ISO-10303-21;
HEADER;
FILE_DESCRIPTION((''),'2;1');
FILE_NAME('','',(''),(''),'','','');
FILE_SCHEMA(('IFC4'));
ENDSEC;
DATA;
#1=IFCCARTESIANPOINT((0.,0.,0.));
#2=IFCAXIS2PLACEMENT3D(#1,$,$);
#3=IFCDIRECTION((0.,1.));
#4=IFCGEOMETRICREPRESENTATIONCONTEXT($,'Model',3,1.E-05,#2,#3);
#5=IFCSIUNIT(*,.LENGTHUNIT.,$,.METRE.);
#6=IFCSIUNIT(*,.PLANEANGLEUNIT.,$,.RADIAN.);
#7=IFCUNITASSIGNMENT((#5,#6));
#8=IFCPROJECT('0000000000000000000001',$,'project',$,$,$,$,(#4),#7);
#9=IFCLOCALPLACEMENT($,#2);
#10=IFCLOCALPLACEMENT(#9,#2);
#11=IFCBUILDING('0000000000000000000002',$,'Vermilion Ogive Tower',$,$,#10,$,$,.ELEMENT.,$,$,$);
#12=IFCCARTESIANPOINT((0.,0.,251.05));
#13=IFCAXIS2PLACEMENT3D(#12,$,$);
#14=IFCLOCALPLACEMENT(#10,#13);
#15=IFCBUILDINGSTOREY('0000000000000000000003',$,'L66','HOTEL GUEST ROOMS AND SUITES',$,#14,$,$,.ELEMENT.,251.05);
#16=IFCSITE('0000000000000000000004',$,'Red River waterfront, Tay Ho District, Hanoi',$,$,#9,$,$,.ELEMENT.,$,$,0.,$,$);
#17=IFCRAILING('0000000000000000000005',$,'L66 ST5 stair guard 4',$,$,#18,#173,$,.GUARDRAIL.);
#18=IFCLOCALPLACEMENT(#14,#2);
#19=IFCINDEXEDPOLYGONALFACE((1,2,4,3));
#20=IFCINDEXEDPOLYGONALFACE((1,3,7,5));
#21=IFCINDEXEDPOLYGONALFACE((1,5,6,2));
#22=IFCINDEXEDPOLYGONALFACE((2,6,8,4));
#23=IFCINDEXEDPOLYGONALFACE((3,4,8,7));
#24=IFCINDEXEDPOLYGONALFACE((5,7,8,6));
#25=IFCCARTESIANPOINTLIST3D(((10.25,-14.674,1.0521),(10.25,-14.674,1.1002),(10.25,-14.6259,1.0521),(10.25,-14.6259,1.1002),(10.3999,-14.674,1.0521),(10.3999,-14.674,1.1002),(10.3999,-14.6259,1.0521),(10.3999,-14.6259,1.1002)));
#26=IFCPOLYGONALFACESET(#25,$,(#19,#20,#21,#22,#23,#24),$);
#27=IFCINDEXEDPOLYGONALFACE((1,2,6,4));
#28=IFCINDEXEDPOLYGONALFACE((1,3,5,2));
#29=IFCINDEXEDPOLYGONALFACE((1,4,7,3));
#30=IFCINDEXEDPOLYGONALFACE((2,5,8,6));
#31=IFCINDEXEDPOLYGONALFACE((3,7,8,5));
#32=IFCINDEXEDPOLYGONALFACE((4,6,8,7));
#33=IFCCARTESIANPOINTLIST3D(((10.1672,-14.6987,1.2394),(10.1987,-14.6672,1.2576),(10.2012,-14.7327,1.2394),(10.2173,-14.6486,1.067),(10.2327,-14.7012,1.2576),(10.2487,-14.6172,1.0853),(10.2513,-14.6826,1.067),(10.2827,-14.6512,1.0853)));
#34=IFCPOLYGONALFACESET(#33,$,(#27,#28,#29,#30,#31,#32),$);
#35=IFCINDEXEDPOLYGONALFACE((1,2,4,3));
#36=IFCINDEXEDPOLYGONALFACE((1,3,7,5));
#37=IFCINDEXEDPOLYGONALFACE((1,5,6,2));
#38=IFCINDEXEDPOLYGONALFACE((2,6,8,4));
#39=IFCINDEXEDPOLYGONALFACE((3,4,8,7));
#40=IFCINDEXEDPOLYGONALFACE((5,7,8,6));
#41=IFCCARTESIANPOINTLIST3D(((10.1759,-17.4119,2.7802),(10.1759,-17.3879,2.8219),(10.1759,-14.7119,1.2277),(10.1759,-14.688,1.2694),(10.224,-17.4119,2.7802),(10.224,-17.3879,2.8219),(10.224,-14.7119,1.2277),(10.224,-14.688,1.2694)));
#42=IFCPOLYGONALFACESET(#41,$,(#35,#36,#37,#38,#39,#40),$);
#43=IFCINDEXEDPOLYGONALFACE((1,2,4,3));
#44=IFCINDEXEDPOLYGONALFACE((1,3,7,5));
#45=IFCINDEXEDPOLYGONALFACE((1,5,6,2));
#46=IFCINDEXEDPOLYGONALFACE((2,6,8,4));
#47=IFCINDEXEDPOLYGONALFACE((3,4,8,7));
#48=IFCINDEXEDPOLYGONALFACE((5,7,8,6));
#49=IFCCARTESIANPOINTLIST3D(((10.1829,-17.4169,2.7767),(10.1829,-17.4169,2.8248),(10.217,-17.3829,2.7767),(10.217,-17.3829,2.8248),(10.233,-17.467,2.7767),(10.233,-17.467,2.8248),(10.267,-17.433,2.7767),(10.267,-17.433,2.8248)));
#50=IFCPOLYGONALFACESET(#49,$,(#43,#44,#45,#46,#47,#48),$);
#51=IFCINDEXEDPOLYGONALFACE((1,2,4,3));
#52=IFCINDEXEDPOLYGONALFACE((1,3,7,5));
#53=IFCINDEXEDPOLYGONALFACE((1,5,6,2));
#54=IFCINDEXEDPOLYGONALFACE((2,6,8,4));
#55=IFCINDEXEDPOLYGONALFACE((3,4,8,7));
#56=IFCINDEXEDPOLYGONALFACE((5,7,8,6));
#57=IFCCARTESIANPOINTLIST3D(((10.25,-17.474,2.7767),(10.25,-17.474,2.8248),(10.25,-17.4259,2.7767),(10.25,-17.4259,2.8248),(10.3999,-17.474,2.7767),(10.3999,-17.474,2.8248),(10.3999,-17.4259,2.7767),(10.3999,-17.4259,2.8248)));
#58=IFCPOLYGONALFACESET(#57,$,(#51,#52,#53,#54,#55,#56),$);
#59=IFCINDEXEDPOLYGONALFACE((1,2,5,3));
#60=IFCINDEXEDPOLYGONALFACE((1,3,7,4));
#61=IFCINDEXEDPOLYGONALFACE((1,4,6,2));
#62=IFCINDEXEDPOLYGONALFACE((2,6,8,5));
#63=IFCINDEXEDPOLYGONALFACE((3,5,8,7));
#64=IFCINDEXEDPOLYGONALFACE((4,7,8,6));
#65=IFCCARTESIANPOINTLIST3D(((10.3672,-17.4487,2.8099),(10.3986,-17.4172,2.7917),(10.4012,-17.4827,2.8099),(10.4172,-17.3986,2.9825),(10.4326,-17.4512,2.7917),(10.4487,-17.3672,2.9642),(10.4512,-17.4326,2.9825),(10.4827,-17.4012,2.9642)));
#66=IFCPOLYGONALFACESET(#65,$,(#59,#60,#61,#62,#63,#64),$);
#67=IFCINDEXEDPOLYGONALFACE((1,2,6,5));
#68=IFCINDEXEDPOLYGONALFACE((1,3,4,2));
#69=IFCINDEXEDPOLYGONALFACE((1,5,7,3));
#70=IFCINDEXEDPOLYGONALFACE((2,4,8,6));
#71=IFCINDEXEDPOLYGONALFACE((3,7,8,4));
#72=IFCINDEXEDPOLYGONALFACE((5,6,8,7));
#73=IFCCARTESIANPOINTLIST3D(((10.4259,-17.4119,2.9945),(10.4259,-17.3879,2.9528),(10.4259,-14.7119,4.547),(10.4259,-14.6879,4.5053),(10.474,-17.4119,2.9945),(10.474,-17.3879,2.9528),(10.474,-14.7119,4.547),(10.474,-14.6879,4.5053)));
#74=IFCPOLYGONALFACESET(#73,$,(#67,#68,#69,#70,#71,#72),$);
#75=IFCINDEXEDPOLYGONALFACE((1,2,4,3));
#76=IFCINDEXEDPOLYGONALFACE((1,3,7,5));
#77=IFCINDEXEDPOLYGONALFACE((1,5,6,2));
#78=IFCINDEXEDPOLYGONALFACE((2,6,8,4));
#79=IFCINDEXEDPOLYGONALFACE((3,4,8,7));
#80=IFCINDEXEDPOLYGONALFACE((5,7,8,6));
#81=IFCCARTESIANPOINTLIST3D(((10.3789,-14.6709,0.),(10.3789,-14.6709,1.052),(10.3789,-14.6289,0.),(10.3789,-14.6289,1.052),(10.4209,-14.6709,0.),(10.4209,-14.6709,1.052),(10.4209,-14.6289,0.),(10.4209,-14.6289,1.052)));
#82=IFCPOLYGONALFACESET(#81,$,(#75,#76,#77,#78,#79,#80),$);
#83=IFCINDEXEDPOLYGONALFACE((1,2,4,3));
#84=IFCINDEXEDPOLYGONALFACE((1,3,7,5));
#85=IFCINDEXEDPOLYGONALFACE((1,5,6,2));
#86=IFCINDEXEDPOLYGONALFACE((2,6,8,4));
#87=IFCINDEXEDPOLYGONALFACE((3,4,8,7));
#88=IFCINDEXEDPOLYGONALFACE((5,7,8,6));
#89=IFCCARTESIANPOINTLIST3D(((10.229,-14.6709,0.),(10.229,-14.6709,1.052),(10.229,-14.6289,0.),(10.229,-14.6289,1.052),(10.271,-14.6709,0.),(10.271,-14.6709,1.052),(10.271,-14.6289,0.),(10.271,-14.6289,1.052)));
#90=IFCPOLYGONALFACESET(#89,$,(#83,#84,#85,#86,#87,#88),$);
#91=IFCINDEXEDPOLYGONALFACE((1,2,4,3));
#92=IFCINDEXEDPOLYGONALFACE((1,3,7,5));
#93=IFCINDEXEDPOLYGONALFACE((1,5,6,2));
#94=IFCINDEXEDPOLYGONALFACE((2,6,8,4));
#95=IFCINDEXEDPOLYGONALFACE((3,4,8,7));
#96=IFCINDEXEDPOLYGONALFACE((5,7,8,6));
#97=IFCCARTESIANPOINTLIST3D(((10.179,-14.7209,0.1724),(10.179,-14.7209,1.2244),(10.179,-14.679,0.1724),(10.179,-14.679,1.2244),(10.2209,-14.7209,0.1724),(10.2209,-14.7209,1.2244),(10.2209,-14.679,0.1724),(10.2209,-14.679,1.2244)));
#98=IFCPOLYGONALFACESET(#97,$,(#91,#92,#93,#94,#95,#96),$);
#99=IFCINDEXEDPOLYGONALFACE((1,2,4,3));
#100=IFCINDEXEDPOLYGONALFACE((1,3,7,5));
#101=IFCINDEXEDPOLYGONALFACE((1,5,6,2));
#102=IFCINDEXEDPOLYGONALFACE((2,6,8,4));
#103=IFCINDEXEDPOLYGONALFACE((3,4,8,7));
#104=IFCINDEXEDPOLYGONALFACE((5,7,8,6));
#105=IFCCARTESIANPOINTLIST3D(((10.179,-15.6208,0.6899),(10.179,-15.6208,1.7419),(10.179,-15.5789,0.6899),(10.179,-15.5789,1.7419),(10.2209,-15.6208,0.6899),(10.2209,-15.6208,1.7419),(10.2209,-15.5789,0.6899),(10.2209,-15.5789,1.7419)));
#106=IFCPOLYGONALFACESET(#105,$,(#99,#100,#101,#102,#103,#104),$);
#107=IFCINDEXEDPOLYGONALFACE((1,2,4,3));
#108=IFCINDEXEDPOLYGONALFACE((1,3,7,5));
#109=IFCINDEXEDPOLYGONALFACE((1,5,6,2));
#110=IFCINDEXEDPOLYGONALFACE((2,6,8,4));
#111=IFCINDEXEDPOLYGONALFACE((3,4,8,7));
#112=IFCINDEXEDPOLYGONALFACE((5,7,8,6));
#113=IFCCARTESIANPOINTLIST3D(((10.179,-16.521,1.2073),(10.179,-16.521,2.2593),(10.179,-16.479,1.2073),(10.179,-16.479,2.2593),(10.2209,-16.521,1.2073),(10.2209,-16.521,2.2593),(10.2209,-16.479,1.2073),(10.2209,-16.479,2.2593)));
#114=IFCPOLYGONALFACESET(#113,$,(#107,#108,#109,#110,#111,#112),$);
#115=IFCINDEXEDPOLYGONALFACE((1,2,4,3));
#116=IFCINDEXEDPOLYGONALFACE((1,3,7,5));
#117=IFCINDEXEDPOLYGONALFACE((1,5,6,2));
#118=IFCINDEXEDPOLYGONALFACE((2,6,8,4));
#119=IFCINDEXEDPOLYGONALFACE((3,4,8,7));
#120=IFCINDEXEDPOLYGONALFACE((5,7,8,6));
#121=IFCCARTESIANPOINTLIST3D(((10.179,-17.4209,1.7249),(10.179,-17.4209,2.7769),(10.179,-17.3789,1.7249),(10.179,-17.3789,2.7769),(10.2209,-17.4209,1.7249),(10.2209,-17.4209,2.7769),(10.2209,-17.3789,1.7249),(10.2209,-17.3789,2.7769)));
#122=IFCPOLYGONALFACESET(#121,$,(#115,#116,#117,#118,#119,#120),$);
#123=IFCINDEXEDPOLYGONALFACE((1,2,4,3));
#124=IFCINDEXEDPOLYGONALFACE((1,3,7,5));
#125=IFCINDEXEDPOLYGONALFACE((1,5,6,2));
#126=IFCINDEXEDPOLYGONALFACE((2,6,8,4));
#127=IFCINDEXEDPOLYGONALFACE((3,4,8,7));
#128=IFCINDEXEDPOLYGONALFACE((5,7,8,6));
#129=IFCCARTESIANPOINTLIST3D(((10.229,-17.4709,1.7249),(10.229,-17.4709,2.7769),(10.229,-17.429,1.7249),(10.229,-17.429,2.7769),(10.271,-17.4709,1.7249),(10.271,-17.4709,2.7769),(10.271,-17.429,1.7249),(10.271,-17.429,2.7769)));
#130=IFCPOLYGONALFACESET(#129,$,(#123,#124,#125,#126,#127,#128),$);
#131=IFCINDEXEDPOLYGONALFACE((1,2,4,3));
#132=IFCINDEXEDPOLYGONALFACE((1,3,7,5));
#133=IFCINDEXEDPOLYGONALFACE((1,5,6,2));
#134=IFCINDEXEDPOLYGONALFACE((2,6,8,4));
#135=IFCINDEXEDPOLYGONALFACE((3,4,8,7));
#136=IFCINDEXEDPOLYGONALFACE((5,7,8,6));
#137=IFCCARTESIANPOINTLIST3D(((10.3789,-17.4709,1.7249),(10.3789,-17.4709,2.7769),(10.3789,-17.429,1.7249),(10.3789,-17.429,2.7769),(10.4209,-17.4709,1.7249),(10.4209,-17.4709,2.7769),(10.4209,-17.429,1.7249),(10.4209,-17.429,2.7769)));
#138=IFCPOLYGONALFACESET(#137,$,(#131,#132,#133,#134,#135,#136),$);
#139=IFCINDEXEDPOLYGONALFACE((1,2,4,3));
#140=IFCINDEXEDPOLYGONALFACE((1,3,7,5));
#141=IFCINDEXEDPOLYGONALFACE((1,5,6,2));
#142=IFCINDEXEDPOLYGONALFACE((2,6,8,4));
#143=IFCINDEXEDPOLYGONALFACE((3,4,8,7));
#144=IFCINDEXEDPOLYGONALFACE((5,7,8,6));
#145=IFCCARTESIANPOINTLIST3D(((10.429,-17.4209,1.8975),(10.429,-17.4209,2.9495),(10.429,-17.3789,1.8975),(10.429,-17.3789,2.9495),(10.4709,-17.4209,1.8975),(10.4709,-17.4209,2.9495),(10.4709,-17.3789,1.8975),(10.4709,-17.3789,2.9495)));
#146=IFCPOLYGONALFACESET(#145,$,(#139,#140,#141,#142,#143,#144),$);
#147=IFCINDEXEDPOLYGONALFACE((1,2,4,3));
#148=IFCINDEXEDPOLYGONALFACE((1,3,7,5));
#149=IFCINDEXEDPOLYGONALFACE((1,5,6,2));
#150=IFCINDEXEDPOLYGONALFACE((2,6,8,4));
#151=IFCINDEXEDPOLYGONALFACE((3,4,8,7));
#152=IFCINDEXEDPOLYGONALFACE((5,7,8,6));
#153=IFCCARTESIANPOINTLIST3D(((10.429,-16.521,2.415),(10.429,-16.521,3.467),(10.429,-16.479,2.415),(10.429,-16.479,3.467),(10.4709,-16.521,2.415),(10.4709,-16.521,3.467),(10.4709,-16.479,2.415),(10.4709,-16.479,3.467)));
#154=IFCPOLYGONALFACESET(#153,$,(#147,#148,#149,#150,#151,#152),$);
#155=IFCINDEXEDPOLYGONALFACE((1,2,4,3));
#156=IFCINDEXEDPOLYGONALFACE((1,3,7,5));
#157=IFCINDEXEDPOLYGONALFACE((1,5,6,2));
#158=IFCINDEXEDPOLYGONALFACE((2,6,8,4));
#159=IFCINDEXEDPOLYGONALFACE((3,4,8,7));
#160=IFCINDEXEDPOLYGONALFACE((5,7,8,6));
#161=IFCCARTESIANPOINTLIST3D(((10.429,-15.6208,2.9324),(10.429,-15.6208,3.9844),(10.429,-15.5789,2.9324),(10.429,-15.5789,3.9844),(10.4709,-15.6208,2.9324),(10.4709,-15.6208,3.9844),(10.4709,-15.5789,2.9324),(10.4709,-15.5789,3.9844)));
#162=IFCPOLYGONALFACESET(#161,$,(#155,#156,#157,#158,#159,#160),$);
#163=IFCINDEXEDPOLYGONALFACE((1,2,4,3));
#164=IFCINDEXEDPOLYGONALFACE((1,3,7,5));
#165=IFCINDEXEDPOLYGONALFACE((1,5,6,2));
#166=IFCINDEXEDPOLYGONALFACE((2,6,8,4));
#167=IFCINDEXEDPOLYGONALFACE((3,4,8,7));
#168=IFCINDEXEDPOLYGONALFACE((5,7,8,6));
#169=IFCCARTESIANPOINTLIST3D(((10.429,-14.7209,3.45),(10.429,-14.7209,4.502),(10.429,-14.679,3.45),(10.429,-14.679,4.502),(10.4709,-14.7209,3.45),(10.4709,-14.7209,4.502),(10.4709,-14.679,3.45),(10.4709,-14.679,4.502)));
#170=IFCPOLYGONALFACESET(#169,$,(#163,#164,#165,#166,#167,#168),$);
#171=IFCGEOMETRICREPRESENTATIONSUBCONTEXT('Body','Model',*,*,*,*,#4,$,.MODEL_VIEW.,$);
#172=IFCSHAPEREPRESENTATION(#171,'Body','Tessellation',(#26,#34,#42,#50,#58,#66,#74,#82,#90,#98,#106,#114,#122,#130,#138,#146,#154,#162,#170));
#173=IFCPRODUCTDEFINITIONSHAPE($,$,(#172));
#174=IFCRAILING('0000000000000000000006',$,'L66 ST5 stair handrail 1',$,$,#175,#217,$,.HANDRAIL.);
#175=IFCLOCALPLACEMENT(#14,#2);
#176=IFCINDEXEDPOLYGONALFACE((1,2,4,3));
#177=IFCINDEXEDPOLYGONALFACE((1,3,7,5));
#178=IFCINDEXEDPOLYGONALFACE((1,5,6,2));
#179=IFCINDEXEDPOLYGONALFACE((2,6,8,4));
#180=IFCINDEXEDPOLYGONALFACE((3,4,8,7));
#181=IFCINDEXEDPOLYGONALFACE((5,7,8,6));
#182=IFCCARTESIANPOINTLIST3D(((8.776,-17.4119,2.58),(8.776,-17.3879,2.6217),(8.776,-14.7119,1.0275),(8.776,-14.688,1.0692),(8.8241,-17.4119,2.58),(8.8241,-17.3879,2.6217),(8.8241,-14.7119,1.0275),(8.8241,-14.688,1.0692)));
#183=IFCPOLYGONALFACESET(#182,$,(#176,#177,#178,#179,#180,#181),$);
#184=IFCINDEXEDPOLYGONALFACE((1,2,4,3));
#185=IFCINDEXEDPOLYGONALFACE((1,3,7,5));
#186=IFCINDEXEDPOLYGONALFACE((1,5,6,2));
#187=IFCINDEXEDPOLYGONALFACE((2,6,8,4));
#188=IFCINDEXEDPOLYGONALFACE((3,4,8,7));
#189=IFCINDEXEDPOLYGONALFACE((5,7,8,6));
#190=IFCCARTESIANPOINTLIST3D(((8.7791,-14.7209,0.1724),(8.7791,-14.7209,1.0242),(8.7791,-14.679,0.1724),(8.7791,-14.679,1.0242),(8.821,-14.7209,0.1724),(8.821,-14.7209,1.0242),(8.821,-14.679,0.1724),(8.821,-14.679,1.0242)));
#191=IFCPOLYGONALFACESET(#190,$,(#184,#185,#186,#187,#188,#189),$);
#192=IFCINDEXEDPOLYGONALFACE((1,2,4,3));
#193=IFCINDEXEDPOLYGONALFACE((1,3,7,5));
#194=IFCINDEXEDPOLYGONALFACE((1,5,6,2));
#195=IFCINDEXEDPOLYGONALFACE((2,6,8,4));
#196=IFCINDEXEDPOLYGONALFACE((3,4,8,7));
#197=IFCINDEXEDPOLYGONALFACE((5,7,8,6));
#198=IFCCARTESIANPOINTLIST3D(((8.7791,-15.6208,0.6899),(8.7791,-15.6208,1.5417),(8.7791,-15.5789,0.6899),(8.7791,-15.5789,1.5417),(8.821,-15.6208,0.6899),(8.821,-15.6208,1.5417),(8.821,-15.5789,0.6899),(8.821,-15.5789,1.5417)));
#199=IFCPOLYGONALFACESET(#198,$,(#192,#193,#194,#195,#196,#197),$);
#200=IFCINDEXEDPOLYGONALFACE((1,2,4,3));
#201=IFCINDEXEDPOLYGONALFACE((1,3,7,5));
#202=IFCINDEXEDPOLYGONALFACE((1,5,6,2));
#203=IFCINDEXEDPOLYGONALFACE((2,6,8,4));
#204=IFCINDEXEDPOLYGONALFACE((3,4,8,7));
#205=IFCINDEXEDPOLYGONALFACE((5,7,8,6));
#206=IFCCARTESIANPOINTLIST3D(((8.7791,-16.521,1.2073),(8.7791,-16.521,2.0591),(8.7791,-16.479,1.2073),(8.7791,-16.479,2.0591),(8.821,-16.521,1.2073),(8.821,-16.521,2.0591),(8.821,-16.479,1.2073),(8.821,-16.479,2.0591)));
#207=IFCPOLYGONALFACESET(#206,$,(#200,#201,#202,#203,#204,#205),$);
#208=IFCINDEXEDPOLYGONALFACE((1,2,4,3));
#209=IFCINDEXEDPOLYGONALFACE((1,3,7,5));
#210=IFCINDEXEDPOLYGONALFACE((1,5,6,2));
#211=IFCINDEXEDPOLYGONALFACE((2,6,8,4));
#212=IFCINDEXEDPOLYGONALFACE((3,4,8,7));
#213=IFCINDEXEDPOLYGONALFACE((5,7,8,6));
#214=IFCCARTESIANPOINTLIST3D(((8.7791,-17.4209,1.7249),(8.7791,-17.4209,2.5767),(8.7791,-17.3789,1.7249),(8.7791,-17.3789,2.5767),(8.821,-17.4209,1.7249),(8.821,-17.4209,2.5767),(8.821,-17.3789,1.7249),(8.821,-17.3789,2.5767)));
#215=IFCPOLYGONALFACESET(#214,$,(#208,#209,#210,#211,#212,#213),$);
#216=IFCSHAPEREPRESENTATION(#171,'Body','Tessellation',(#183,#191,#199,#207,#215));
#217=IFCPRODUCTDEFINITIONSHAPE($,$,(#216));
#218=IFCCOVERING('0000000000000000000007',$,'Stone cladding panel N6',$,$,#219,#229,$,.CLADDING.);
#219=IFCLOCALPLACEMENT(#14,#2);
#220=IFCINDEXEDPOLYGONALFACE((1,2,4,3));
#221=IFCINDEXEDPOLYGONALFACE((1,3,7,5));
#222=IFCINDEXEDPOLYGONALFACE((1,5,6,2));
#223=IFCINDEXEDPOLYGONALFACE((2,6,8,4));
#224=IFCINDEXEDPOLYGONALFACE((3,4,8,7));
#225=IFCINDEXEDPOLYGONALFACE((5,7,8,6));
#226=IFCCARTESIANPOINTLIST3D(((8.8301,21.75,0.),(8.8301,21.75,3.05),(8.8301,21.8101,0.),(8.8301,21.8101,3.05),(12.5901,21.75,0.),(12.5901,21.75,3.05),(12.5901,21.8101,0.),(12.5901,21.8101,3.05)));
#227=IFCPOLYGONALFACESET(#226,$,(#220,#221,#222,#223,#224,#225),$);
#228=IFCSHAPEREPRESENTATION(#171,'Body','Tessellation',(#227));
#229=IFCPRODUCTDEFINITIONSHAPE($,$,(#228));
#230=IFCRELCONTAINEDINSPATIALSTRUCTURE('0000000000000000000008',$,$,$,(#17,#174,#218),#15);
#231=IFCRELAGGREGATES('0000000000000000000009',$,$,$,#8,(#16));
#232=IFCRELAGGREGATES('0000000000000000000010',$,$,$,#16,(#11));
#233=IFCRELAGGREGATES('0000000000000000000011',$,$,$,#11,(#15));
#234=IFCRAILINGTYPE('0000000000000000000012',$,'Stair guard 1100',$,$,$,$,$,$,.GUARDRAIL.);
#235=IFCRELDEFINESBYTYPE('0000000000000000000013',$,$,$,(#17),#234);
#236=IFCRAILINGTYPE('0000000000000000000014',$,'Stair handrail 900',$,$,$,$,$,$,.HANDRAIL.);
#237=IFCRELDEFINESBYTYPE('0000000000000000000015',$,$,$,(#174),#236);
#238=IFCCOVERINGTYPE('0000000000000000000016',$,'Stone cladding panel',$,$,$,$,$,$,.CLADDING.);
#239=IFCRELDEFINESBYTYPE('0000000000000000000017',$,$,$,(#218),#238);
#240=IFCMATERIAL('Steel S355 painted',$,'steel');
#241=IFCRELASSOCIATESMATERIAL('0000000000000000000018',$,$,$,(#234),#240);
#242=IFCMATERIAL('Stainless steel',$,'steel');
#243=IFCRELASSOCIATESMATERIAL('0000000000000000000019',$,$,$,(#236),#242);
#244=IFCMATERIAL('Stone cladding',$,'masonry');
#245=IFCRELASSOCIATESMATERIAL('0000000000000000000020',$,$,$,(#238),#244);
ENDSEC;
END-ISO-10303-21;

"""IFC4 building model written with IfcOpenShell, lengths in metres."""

from ifc_helpers import new_model, si_unit, direction, frame, origin, origin_2d, place, context, subcontext, project, spatial, polyline, rectangle, outline, extrude, material, type_object, element, save


model = new_model("IFC4")

# Units and contexts
model_context = context("Model", 3, precision=1e-05, world=origin(), true_north=direction((0.0, 1.0)))
body_context = subcontext(model_context, "Body", "Model", "MODEL_VIEW")
ifc_project = project(units=[si_unit("LENGTHUNIT", "METRE"), si_unit("PLANEANGLEUNIT", "RADIAN")], contexts=[model_context])

# Site, building, storey
site_placement = place(None, origin())
site = spatial("IfcSite", under=ifc_project, at=site_placement, Name="Red River waterfront, Tay Ho District, Hanoi", CompositionType="ELEMENT", RefElevation=0.0)
building_placement = place(site_placement, origin())
building = spatial("IfcBuilding", under=site, at=building_placement, Name="Vermilion Ogive Tower", CompositionType="ELEMENT")
storey_placement = place(building_placement, frame((0.0, 0.0, 251.05)))
storey = spatial("IfcBuildingStorey", under=building, at=storey_placement, Name="L66", Description="HOTEL GUEST ROOMS AND SUITES", CompositionType="ELEMENT", Elevation=251.05)

# Railings
ifc_material_1 = material(Name="Steel S355 painted", Category="steel")
railing_type_1 = type_object("IfcRailingType", Name="Stair guard 1100", PredefinedType="GUARDRAIL", material=ifc_material_1)
railing_1_placement = place(storey_placement, frame((10.3999, -14.6499, 0.0)))
element("IfcRailing", 1, at=railing_1_placement, inside=storey, type_object=railing_type_1, Name="L66 ST5 stair guard 4", PredefinedType="GUARDRAIL", context=body_context, shape_type="SweptSolid", body=[
    extrude(rectangle(XDim=0.0481, YDim=0.0481, at=origin_2d()), frame((0.0, 0.0, 1.0762), z_axis=(-1.0, 0.0, 0.0), x_axis=(0.0, -1.0, 0.0)), (0.0, 0.0, 1.0), 0.1499),
    extrude(rectangle(XDim=0.0481, YDim=0.0481, at=origin_2d()), frame((-0.1499, 0.0, 1.0762), z_axis=(-0.268603, -0.268603, 0.925043), x_axis=(0.707107, -0.707107, 0.0)), (0.0, 0.0, 1.0), 0.1863),
    extrude(rectangle(XDim=0.0481, YDim=0.0481, at=origin_2d()), frame((-0.2, -0.05, 1.2485), z_axis=(0.0, -0.866904, 0.498476), x_axis=(1.0, 0.0, 0.0)), (0.0, 0.0, 1.0), 3.1145),
    extrude(rectangle(XDim=0.0481, YDim=0.0481, at=origin_2d()), frame((-0.2, -2.75, 2.8008), z_axis=(0.707107, -0.707107, 0.0), x_axis=(0.707107, 0.707107, 0.0)), (0.0, 0.0, 1.0), 0.0708),
    extrude(rectangle(XDim=0.0481, YDim=0.0481, at=origin_2d()), frame((-0.1499, -2.8, 2.8008), z_axis=(1.0, 0.0, 0.0), x_axis=(0.0, 1.0, 0.0)), (0.0, 0.0, 1.0), 0.1499),
    extrude(rectangle(XDim=0.0481, YDim=0.0481, at=origin_2d()), frame((0.0, -2.8, 2.8008), z_axis=(0.268278, 0.268278, 0.925232), x_axis=(-0.707107, 0.707107, 0.0)), (0.0, 0.0, 1.0), 0.1865),
    extrude(rectangle(XDim=0.0481, YDim=0.0481, at=origin_2d()), frame((0.05, -2.75, 2.9736), z_axis=(0.0, 0.866904, 0.498476), x_axis=(-1.0, 0.0, 0.0)), (0.0, 0.0, 1.0), 3.1145),
    extrude(rectangle(XDim=0.042, YDim=0.042, at=origin_2d()), origin(), (0.0, 0.0, 1.0), 1.052),
    extrude(rectangle(XDim=0.042, YDim=0.042, at=origin_2d()), frame((-0.1499, 0.0, 0.0)), (0.0, 0.0, 1.0), 1.052),
    extrude(rectangle(XDim=0.042, YDim=0.042, at=origin_2d()), frame((-0.2, -0.05, 0.1724)), (0.0, 0.0, 1.0), 1.052),
    extrude(rectangle(XDim=0.042, YDim=0.042, at=origin_2d()), frame((-0.2, -0.95, 0.6899)), (0.0, 0.0, 1.0), 1.052),
    extrude(rectangle(XDim=0.042, YDim=0.042, at=origin_2d()), frame((-0.2, -1.8501, 1.2073)), (0.0, 0.0, 1.0), 1.052),
    extrude(rectangle(XDim=0.042, YDim=0.042, at=origin_2d()), frame((-0.2, -2.75, 1.7249)), (0.0, 0.0, 1.0), 1.052),
    extrude(rectangle(XDim=0.042, YDim=0.042, at=origin_2d()), frame((-0.1499, -2.8, 1.7249)), (0.0, 0.0, 1.0), 1.052),
    extrude(rectangle(XDim=0.042, YDim=0.042, at=origin_2d()), frame((0.0, -2.8, 1.7249)), (0.0, 0.0, 1.0), 1.052),
    extrude(rectangle(XDim=0.042, YDim=0.042, at=origin_2d()), frame((0.05, -2.75, 1.8975)), (0.0, 0.0, 1.0), 1.052),
    extrude(rectangle(XDim=0.042, YDim=0.042, at=origin_2d()), frame((0.05, -1.8501, 2.415)), (0.0, 0.0, 1.0), 1.052),
    extrude(rectangle(XDim=0.042, YDim=0.042, at=origin_2d()), frame((0.05, -0.95, 2.9324)), (0.0, 0.0, 1.0), 1.052),
    extrude(rectangle(XDim=0.042, YDim=0.042, at=origin_2d()), frame((0.05, -0.05, 3.45)), (0.0, 0.0, 1.0), 1.052),
])
ifc_material_2 = material(Name="Stainless steel", Category="steel")
railing_type_2 = type_object("IfcRailingType", Name="Stair handrail 900", PredefinedType="HANDRAIL", material=ifc_material_2)
railing_2_placement = place(storey_placement, frame((8.8, -14.7, 0.1724)))
element("IfcRailing", 2, at=railing_2_placement, inside=storey, type_object=railing_type_2, Name="L66 ST5 stair handrail 1", PredefinedType="HANDRAIL", context=body_context, shape_type="SweptSolid", body=[
    extrude(rectangle(XDim=0.0481, YDim=0.0481, at=origin_2d()), frame((0.0, 0.0, 0.876), z_axis=(0.0, -0.866904, 0.498476), x_axis=(1.0, 0.0, 0.0)), (0.0, 0.0, 1.0), 3.1145),
    extrude(rectangle(XDim=0.042, YDim=0.042, at=origin_2d()), origin(), (0.0, 0.0, 1.0), 0.8518),
    extrude(rectangle(XDim=0.042, YDim=0.042, at=origin_2d()), frame((0.0, -0.8999, 0.5176)), (0.0, 0.0, 1.0), 0.8518),
    extrude(rectangle(XDim=0.042, YDim=0.042, at=origin_2d()), frame((0.0, -1.8, 1.0349)), (0.0, 0.0, 1.0), 0.8518),
    extrude(rectangle(XDim=0.042, YDim=0.042, at=origin_2d()), frame((0.0, -2.7, 1.5525)), (0.0, 0.0, 1.0), 0.8518),
])

# Covering
ifc_material_3 = material(Name="Stone cladding", Category="masonry")
covering_type_1 = type_object("IfcCoveringType", Name="Stone cladding panel", PredefinedType="CLADDING", material=ifc_material_3)
covering_1_placement = place(storey_placement, origin())
element("IfcCovering", 3, at=covering_1_placement, inside=storey, type_object=covering_type_1, Name="Stone cladding panel N6", PredefinedType="CLADDING", context=body_context, shape_type="SweptSolid", body=[
    extrude(outline(polyline([(8.8301, 21.75), (12.5901, 21.75), (12.5901, 21.8101), (8.8301, 21.8101), (8.8301, 21.75)])), origin(), (0.0, 0.0, 1.0), 3.05),
])

save(model, "model.ifc")
